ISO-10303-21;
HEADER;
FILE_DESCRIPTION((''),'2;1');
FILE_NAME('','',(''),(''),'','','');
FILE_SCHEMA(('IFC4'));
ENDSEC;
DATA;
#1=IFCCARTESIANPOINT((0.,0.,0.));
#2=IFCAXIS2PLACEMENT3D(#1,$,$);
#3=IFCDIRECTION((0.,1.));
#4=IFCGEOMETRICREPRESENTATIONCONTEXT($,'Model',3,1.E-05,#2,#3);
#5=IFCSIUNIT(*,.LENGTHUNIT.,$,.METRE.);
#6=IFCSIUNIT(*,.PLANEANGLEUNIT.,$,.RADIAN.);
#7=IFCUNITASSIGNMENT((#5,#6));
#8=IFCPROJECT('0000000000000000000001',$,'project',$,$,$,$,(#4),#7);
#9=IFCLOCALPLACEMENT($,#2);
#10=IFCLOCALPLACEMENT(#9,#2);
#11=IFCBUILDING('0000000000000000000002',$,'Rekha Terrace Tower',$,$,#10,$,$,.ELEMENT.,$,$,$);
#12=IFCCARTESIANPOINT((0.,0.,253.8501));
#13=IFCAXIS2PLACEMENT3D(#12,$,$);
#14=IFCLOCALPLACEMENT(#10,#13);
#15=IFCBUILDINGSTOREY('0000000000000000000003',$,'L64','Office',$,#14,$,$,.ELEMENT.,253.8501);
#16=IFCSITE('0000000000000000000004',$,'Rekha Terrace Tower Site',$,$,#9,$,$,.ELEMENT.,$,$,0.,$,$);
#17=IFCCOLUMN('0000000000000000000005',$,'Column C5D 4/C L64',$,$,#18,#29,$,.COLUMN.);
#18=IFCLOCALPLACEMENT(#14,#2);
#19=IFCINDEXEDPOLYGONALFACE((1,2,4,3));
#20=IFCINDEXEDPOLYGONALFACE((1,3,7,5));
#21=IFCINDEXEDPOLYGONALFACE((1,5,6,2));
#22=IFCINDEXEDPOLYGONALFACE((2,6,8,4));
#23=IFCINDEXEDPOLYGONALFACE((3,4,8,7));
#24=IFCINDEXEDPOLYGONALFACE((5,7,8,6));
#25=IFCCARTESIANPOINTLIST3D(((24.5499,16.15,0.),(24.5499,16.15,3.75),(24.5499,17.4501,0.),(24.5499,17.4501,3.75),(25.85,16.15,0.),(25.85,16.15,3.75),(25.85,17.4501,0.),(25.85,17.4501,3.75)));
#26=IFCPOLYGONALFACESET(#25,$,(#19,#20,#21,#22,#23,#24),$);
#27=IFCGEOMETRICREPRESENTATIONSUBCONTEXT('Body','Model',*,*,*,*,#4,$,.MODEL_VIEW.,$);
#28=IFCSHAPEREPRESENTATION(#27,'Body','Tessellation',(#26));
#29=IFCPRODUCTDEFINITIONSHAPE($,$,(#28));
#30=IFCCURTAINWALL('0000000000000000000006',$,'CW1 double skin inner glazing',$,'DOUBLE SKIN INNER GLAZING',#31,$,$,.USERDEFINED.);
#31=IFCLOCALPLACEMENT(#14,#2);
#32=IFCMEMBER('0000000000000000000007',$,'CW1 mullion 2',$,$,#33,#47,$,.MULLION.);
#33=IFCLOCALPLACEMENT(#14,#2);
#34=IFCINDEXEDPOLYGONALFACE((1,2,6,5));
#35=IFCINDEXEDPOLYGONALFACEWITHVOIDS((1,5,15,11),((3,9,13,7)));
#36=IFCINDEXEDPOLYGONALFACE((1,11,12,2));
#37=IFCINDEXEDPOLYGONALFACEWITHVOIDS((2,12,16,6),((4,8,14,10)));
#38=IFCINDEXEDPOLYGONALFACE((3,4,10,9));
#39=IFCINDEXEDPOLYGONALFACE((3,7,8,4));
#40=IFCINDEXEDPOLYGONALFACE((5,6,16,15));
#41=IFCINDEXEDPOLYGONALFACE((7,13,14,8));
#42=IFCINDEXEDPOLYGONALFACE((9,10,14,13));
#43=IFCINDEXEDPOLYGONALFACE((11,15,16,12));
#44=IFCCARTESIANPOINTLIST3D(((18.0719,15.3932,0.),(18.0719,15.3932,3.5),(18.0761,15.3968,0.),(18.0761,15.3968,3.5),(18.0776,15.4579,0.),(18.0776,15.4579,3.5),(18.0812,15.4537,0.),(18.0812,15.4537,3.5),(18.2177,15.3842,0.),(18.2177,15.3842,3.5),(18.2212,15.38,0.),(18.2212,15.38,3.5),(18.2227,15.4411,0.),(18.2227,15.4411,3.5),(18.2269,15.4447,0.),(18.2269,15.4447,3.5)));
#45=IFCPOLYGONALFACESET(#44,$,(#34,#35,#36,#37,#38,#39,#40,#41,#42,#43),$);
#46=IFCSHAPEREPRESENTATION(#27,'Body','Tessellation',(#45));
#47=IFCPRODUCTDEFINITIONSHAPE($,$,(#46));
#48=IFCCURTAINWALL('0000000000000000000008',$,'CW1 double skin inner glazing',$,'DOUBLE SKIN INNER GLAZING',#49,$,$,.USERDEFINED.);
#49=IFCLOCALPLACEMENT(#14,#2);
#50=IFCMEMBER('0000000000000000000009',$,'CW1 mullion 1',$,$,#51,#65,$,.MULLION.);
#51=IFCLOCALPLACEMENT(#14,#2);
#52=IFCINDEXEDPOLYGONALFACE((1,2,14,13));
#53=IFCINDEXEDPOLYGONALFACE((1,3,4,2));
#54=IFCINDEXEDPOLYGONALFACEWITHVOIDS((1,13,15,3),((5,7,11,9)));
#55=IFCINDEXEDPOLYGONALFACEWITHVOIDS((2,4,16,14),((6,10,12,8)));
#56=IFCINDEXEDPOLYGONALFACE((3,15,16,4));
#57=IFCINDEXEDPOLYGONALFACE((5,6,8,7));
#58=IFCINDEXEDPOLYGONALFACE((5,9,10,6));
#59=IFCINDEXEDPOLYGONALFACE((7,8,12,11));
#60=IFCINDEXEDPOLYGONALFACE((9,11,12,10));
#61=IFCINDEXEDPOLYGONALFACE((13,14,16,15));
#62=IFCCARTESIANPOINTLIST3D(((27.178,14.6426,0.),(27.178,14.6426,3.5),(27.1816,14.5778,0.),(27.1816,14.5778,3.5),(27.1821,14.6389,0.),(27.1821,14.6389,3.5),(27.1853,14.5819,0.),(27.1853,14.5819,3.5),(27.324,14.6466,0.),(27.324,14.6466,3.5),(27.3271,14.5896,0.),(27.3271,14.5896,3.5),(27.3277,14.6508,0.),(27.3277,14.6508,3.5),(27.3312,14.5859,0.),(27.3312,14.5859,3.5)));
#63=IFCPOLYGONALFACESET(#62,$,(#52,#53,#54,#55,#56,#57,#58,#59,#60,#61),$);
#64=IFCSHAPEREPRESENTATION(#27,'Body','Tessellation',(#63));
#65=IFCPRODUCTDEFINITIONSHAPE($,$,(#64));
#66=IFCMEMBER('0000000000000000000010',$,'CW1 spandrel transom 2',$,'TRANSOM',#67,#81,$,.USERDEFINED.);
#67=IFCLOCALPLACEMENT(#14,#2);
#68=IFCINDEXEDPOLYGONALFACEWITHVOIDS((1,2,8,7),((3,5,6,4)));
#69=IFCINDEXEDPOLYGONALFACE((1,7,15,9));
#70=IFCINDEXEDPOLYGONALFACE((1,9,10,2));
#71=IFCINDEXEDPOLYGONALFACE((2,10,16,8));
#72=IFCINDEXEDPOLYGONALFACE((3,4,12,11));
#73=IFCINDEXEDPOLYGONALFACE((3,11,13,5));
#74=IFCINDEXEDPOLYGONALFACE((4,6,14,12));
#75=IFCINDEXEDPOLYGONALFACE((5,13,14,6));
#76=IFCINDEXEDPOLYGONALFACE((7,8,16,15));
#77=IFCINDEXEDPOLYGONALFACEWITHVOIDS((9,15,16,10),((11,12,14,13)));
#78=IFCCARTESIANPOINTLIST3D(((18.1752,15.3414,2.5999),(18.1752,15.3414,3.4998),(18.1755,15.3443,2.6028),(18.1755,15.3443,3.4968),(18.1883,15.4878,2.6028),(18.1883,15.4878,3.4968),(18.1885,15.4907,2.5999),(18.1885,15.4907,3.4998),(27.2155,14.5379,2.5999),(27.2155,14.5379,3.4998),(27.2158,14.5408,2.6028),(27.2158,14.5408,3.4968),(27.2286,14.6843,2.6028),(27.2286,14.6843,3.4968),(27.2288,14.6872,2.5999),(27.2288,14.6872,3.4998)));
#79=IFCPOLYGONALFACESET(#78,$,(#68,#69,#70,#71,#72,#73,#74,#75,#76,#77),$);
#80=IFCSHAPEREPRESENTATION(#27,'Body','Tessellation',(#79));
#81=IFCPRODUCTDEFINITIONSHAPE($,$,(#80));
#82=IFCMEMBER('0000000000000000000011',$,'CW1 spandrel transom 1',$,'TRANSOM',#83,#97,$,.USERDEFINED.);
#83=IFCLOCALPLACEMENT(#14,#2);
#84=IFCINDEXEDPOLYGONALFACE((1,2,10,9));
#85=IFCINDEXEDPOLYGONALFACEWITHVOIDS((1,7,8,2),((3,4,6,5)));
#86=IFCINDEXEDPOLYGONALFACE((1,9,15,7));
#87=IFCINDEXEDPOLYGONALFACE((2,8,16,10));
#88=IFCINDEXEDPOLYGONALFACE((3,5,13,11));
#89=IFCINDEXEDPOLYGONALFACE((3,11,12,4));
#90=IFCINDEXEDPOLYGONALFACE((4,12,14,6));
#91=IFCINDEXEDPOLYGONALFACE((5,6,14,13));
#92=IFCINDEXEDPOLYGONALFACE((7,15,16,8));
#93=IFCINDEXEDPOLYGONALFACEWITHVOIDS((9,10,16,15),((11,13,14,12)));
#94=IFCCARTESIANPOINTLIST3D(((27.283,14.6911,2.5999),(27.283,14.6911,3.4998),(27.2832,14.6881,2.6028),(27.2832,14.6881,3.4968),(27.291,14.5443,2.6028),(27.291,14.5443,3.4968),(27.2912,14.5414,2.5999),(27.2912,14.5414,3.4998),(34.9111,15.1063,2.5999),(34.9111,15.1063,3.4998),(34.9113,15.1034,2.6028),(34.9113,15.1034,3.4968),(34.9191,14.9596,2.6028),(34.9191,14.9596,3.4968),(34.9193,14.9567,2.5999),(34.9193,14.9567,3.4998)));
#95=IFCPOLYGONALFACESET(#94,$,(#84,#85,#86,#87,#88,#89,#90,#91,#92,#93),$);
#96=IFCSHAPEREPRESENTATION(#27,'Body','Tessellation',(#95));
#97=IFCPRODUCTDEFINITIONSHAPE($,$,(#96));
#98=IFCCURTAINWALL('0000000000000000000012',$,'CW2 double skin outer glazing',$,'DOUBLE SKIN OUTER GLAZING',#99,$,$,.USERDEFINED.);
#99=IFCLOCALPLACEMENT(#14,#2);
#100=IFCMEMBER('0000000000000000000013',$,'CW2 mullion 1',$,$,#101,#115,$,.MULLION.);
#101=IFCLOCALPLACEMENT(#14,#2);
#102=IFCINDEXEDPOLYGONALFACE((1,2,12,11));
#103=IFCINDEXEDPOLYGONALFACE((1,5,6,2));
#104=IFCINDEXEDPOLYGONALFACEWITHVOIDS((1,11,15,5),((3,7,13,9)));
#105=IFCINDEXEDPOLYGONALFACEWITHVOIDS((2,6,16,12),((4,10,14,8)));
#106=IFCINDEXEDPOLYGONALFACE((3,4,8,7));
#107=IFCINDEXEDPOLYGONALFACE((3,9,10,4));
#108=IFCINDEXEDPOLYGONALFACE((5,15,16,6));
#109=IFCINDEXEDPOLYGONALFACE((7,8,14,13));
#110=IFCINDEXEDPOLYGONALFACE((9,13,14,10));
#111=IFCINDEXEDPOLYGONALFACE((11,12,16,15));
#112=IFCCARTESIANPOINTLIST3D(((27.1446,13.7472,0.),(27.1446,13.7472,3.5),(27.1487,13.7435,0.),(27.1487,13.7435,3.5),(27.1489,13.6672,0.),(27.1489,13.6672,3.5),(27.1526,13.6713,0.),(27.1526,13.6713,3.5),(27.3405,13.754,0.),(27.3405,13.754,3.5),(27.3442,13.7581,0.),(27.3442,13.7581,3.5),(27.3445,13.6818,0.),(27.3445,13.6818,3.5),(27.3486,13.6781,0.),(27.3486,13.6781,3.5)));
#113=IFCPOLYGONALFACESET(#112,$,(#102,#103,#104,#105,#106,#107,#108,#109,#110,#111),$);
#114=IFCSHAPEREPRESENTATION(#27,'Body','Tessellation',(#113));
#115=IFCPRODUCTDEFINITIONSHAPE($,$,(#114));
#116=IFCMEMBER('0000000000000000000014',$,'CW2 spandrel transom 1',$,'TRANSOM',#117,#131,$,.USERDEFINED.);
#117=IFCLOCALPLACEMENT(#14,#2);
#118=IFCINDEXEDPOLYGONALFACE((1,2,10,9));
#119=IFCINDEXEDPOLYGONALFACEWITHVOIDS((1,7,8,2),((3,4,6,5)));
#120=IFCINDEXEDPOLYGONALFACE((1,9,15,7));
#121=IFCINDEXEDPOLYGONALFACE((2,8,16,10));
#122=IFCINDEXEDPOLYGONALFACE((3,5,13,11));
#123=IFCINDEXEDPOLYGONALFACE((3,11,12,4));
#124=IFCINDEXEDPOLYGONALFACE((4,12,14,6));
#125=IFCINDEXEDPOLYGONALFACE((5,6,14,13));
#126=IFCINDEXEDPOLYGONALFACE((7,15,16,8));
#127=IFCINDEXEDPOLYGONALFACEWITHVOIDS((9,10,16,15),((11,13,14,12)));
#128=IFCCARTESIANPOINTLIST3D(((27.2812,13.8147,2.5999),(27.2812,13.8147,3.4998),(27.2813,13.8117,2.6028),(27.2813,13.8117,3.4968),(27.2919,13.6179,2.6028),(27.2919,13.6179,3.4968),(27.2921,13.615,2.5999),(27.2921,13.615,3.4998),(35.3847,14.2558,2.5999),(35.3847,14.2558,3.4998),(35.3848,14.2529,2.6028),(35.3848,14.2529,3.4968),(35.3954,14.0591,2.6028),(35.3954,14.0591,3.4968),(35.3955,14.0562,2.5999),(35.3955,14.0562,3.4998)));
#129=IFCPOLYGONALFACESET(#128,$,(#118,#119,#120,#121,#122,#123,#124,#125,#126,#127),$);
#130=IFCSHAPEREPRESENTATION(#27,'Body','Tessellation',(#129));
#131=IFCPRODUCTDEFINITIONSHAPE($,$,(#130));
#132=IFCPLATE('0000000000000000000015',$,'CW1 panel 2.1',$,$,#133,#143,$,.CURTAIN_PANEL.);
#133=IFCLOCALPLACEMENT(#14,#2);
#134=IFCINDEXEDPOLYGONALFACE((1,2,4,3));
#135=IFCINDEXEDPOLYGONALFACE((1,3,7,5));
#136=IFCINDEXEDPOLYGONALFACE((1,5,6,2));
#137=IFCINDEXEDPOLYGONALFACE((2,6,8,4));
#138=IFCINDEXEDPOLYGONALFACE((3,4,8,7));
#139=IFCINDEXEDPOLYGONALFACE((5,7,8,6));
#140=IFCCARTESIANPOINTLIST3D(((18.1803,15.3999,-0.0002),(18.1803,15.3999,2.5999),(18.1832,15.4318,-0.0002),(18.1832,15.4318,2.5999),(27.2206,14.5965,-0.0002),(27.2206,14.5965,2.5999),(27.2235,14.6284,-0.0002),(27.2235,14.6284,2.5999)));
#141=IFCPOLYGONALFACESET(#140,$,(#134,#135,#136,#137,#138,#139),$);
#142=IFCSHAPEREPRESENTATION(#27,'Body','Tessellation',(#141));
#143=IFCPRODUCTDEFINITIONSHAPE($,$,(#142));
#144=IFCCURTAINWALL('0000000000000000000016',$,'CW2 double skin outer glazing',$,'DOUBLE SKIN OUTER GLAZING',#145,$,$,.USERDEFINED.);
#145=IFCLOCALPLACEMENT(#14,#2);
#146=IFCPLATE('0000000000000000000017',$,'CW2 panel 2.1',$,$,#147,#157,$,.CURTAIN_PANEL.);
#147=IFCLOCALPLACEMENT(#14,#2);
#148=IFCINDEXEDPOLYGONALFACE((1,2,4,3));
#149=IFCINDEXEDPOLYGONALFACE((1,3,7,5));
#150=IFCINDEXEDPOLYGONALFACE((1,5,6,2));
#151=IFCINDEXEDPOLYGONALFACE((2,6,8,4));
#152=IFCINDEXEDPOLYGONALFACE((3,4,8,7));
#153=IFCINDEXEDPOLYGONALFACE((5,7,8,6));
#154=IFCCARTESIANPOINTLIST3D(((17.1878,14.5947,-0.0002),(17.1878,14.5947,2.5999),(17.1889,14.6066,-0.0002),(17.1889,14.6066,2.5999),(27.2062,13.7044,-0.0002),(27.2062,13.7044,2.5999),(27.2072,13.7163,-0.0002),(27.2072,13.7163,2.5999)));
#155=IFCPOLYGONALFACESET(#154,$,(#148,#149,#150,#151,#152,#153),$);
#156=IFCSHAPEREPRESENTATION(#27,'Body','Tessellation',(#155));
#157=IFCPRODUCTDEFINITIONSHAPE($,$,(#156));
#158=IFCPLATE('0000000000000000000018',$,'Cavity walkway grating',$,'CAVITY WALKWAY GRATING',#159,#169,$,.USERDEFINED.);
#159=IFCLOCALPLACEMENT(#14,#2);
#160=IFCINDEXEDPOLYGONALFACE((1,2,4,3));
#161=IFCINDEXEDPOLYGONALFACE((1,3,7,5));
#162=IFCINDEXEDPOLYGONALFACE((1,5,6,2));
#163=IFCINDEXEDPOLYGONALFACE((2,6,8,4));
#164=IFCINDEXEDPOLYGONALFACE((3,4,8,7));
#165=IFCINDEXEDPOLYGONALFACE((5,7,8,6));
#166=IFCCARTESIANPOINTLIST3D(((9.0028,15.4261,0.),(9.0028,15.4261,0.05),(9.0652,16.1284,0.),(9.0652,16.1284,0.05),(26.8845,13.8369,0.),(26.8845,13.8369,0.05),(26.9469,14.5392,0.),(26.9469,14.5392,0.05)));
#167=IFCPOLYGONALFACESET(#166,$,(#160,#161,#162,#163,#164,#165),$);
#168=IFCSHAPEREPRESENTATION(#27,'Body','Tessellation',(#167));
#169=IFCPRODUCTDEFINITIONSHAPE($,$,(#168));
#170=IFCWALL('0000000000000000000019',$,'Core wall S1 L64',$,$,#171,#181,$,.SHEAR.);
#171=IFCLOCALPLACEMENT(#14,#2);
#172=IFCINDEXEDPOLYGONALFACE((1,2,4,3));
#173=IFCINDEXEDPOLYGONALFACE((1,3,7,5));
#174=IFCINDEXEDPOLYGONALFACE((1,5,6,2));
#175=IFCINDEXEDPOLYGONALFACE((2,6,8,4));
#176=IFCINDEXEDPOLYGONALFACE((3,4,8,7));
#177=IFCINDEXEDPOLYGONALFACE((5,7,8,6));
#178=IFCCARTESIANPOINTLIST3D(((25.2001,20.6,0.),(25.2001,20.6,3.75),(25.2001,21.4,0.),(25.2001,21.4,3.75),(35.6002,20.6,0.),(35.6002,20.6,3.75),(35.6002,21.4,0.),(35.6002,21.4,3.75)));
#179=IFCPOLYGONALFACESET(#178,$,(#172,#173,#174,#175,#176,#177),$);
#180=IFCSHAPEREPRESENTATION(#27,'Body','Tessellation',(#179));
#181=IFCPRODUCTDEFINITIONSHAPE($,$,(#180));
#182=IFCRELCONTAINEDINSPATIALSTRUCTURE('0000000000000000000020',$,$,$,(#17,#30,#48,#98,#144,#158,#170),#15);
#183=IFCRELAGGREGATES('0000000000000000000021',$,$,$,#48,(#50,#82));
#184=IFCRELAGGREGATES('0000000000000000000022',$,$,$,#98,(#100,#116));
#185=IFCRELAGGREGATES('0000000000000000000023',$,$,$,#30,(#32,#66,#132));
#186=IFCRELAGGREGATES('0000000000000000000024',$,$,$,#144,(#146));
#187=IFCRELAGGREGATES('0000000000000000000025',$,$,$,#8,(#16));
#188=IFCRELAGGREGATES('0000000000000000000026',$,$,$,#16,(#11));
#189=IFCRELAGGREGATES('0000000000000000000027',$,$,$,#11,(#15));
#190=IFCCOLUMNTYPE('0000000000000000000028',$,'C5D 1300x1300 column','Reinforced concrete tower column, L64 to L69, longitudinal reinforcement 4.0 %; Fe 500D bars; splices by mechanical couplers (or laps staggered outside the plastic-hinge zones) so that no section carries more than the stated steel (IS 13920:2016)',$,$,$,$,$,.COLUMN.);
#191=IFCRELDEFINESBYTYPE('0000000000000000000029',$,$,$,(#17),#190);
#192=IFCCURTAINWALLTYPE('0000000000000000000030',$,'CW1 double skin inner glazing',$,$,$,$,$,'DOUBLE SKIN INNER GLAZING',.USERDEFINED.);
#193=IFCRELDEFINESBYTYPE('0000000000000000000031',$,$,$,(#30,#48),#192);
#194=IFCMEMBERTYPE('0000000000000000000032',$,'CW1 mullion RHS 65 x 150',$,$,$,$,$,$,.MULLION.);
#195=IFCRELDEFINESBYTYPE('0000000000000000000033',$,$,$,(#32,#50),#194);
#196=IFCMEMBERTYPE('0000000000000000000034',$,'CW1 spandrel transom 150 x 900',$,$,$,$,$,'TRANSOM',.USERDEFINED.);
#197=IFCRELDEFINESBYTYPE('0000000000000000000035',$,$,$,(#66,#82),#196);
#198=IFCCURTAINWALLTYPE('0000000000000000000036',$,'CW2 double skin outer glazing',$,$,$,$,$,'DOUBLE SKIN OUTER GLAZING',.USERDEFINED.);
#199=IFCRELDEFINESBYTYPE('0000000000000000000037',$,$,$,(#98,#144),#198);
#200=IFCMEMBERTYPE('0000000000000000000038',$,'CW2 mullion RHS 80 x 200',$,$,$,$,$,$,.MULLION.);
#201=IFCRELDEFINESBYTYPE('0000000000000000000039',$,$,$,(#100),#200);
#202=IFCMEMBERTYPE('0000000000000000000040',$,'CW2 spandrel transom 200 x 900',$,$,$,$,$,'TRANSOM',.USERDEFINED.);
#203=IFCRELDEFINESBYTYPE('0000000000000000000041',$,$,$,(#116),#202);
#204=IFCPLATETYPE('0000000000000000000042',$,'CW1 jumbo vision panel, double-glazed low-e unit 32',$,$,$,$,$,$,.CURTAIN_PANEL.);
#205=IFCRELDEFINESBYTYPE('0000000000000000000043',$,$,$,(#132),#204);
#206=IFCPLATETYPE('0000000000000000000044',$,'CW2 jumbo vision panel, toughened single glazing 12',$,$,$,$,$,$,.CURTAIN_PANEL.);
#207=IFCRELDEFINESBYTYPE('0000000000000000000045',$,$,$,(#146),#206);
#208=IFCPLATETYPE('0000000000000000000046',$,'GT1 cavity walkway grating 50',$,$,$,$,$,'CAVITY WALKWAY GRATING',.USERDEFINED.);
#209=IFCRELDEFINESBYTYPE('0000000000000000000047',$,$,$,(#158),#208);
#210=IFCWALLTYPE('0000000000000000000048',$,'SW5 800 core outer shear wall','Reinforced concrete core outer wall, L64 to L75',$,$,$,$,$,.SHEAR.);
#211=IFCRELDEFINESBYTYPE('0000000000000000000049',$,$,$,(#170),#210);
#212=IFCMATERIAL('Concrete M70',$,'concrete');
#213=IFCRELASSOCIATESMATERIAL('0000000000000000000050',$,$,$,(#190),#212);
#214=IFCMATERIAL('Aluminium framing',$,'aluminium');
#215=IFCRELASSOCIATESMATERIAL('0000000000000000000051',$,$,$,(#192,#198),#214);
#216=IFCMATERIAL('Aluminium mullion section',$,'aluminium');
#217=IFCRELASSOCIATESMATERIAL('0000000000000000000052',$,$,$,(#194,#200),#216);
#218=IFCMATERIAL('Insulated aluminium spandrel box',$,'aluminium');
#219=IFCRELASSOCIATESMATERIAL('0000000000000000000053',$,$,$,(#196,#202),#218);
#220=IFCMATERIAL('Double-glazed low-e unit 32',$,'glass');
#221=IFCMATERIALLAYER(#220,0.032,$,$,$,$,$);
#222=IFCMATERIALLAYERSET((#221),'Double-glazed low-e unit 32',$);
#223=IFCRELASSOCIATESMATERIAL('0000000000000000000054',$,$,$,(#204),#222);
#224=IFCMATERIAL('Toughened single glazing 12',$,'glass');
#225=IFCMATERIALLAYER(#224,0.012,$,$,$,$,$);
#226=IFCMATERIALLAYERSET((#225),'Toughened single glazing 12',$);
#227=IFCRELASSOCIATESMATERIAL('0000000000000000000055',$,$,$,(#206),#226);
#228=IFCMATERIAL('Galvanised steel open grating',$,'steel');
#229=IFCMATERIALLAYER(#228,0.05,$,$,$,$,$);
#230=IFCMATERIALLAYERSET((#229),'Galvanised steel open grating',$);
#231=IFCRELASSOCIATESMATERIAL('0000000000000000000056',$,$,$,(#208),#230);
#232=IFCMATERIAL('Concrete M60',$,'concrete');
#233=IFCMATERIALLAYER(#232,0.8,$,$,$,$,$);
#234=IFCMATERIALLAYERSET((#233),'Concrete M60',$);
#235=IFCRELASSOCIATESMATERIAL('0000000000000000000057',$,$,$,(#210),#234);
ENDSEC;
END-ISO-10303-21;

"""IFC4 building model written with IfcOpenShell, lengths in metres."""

from ifc_helpers import new_model, si_unit, direction, frame, frame_2d, origin, origin_2d, place, context, subcontext, project, spatial, rectangle, hollow_rectangle, extrude, material, layer, layer_set, material_profile, profile_set, type_object, element, aggregate, save


model = new_model("IFC4")

# Units and contexts
model_context = context("Model", 3, precision=1e-05, world=origin(), true_north=direction((0.0, 1.0)))
body_context = subcontext(model_context, "Body", "Model", "MODEL_VIEW")
ifc_project = project(units=[si_unit("LENGTHUNIT", "METRE"), si_unit("PLANEANGLEUNIT", "RADIAN")], contexts=[model_context])

# Site, building, storey
site_placement = place(None, origin())
site = spatial("IfcSite", under=ifc_project, at=site_placement, Name="Rekha Terrace Tower Site", CompositionType="ELEMENT", RefElevation=0.0)
building_placement = place(site_placement, origin())
building = spatial("IfcBuilding", under=site, at=building_placement, Name="Rekha Terrace Tower", CompositionType="ELEMENT")
storey_placement = place(building_placement, frame((0.0, 0.0, 253.8501)))
storey = spatial("IfcBuildingStorey", under=building, at=storey_placement, Name="L64", Description="Office", CompositionType="ELEMENT", Elevation=253.8501)

# Column
ifc_material_1 = material(Name="Concrete M70", Category="concrete")
ifc_material_profile_1 = material_profile(ifc_material_1, rectangle(XDim=1.3, YDim=1.3, at=origin_2d()), Name="RC 1300x1300")
ifc_profile_set_1 = profile_set([ifc_material_profile_1], Name="Concrete M70")
column_type = type_object("IfcColumnType", Name="C5D 1300x1300 column", Description="Reinforced concrete tower column, L64 to L69, longitudinal reinforcement 4.0 %; Fe 500D bars; splices by mechanical couplers (or laps staggered outside the plastic-hinge zones) so that no section carries more than the stated steel (IS 13920:2016)", PredefinedType="COLUMN", material=ifc_profile_set_1)
column_placement = place(storey_placement, frame((25.2, 16.8, 0.0), z_axis=(0.0, 0.0, 1.0), x_axis=(1.0, 0.0, 0.0)))
element("IfcColumn", 1, at=column_placement, inside=storey, type_object=column_type, Name="Column C5D 4/C L64", PredefinedType="COLUMN", context=body_context, shape_type="SweptSolid", body=[
    extrude(rectangle(XDim=1.3, YDim=1.3, at=origin_2d()), origin(), (0.0, 0.0, 1.0), 3.75),
])

# Curtain walls, members
ifc_material_2 = material(Name="Aluminium framing", Category="aluminium")
curtain_wall_type_1 = type_object("IfcCurtainWallType", Name="CW1 double skin inner glazing", ElementType="DOUBLE SKIN INNER GLAZING", PredefinedType="USERDEFINED", material=ifc_material_2)
curtain_wall_1_placement = place(storey_placement, origin())
curtain_wall_1 = element("IfcCurtainWall", 2, at=curtain_wall_1_placement, inside=storey, type_object=curtain_wall_type_1, Name="CW1 double skin inner glazing", ObjectType="DOUBLE SKIN INNER GLAZING", PredefinedType="USERDEFINED")
ifc_material_3 = material(Name="Aluminium mullion section", Category="aluminium")
ifc_material_profile_2 = material_profile(ifc_material_3, hollow_rectangle(XDim=0.0649, YDim=0.1499, WallThickness=0.0039, at=origin_2d()), Name="AL RHS 65x150")
ifc_profile_set_2 = profile_set([ifc_material_profile_2], Name="Aluminium mullion section")
member_type_1 = type_object("IfcMemberType", Name="CW1 mullion RHS 65 x 150", PredefinedType="MULLION", material=ifc_profile_set_2)
member_1_placement = place(storey_placement, frame((18.1494, 15.4189, 0.0), z_axis=(0.0, 0.0, 1.0), x_axis=(0.088522, 0.996074, 0.0)))
member_1 = element("IfcMember", 3, at=member_1_placement, type_object=member_type_1, Name="CW1 mullion 2", PredefinedType="MULLION", context=body_context, shape_type="SweptSolid", body=[
    extrude(hollow_rectangle(XDim=0.0649, YDim=0.1499, WallThickness=0.0039, at=origin_2d()), origin(), (0.0, 0.0, 1.0), 3.5),
])
curtain_wall_2_placement = place(storey_placement, origin())
curtain_wall_2 = element("IfcCurtainWall", 4, at=curtain_wall_2_placement, inside=storey, type_object=curtain_wall_type_1, Name="CW1 double skin inner glazing", ObjectType="DOUBLE SKIN INNER GLAZING", PredefinedType="USERDEFINED")
member_2_placement = place(storey_placement, frame((27.2546, 14.6143, 0.0), z_axis=(0.0, 0.0, 1.0), x_axis=(-0.054389, 0.99852, 0.0)))
member_2 = element("IfcMember", 5, at=member_2_placement, type_object=member_type_1, Name="CW1 mullion 1", PredefinedType="MULLION", context=body_context, shape_type="SweptSolid", body=[
    extrude(hollow_rectangle(XDim=0.0649, YDim=0.1499, WallThickness=0.0039, at=origin_2d()), origin(), (0.0, 0.0, 1.0), 3.5),
])

# Members
ifc_material_4 = material(Name="Insulated aluminium spandrel box", Category="aluminium")
ifc_material_profile_3 = material_profile(ifc_material_4, hollow_rectangle(XDim=0.1499, YDim=0.8999, WallThickness=0.0029, at=origin_2d()), Name="AL SPANDREL BOX 150x900")
ifc_profile_set_3 = profile_set([ifc_material_profile_3], Name="Insulated aluminium spandrel box")
member_type_2 = type_object("IfcMemberType", Name="CW1 spandrel transom 150 x 900", ElementType="TRANSOM", PredefinedType="USERDEFINED", material=ifc_profile_set_3)
member_3_placement = place(storey_placement, frame((18.1819, 15.416, 3.0498), z_axis=(0.996074, -0.088527, 0.0), x_axis=(0.088527, 0.996074, 0.0)))
member_3 = element("IfcMember", 6, at=member_3_placement, type_object=member_type_2, Name="CW1 spandrel transom 2", ObjectType="TRANSOM", PredefinedType="USERDEFINED", context=body_context, shape_type="SweptSolid", body=[
    extrude(hollow_rectangle(XDim=0.1499, YDim=0.8999, WallThickness=0.0029, at=origin_2d()), origin(), (0.0, 0.0, 1.0), 9.0759),
])
member_4_placement = place(storey_placement, frame((27.2871, 14.6162, 3.0498), z_axis=(0.998521, 0.05436, 0.0), x_axis=(-0.05436, 0.998521, 0.0)))
member_4 = element("IfcMember", 7, at=member_4_placement, type_object=member_type_2, Name="CW1 spandrel transom 1", ObjectType="TRANSOM", PredefinedType="USERDEFINED", context=body_context, shape_type="SweptSolid", body=[
    extrude(hollow_rectangle(XDim=0.1499, YDim=0.8999, WallThickness=0.0029, at=origin_2d()), origin(), (0.0, 0.0, 1.0), 7.6394),
])
aggregate(curtain_wall_2, [member_2, member_4])

# Curtain wall, members
curtain_wall_type_2 = type_object("IfcCurtainWallType", Name="CW2 double skin outer glazing", ElementType="DOUBLE SKIN OUTER GLAZING", PredefinedType="USERDEFINED", material=ifc_material_2)
curtain_wall_3_placement = place(storey_placement, origin())
curtain_wall_3 = element("IfcCurtainWall", 8, at=curtain_wall_3_placement, inside=storey, type_object=curtain_wall_type_2, Name="CW2 double skin outer glazing", ObjectType="DOUBLE SKIN OUTER GLAZING", PredefinedType="USERDEFINED")
ifc_material_profile_4 = material_profile(ifc_material_3, hollow_rectangle(XDim=0.0801, YDim=0.2, WallThickness=0.0039, at=origin_2d()), Name="AL RHS 80x200")
ifc_profile_set_4 = profile_set([ifc_material_profile_4], Name="Aluminium mullion section")
member_type_3 = type_object("IfcMemberType", Name="CW2 mullion RHS 80 x 200", PredefinedType="MULLION", material=ifc_profile_set_4)
member_5_placement = place(storey_placement, frame((27.2466, 13.7126, 0.0), z_axis=(0.0, 0.0, 1.0), x_axis=(-0.054389, 0.99852, 0.0)))
member_5 = element("IfcMember", 9, at=member_5_placement, type_object=member_type_3, Name="CW2 mullion 1", PredefinedType="MULLION", context=body_context, shape_type="SweptSolid", body=[
    extrude(hollow_rectangle(XDim=0.0801, YDim=0.2, WallThickness=0.0039, at=origin_2d()), origin(), (0.0, 0.0, 1.0), 3.5),
])
ifc_material_profile_5 = material_profile(ifc_material_4, hollow_rectangle(XDim=0.2, YDim=0.8999, WallThickness=0.0029, at=origin_2d()), Name="AL SPANDREL BOX 200x900")
ifc_profile_set_5 = profile_set([ifc_material_profile_5], Name="Insulated aluminium spandrel box")
member_type_4 = type_object("IfcMemberType", Name="CW2 spandrel transom 200 x 900", ElementType="TRANSOM", PredefinedType="USERDEFINED", material=ifc_profile_set_5)
member_6_placement = place(storey_placement, frame((27.2866, 13.7148, 3.0498), z_axis=(0.998521, 0.05436, 0.0), x_axis=(-0.05436, 0.998521, 0.0)))
member_6 = element("IfcMember", 10, at=member_6_placement, type_object=member_type_4, Name="CW2 spandrel transom 1", ObjectType="TRANSOM", PredefinedType="USERDEFINED", context=body_context, shape_type="SweptSolid", body=[
    extrude(hollow_rectangle(XDim=0.2, YDim=0.8999, WallThickness=0.0029, at=origin_2d()), origin(), (0.0, 0.0, 1.0), 8.1155),
])
aggregate(curtain_wall_3, [member_5, member_6])

# Plate
ifc_material_5 = material(Name="Double-glazed low-e unit 32", Category="glass")
ifc_layer_1 = layer(ifc_material_5, 0.032)
ifc_layer_set_1 = layer_set([ifc_layer_1], Name="Double-glazed low-e unit 32")
plate_type_1 = type_object("IfcPlateType", Name="CW1 jumbo vision panel, double-glazed low-e unit 32", PredefinedType="CURTAIN_PANEL", material=ifc_layer_set_1)
plate_1_placement = place(storey_placement, frame((22.7019, 15.0142, -0.0002), z_axis=(0.0, 0.0, 1.0), x_axis=(0.996074, -0.088522, 0.0)))
plate_1 = element("IfcPlate", 11, at=plate_1_placement, type_object=plate_type_1, Name="CW1 panel 2.1", PredefinedType="CURTAIN_PANEL", context=body_context, shape_type="SweptSolid", body=[
    extrude(rectangle(XDim=9.0759, YDim=0.032, at=origin_2d()), origin(), (0.0, 0.0, 1.0), 2.6001),
])
aggregate(curtain_wall_1, [member_1, member_3, plate_1])

# Curtain wall, plate
curtain_wall_4_placement = place(storey_placement, origin())
curtain_wall_4 = element("IfcCurtainWall", 12, at=curtain_wall_4_placement, inside=storey, type_object=curtain_wall_type_2, Name="CW2 double skin outer glazing", ObjectType="DOUBLE SKIN OUTER GLAZING", PredefinedType="USERDEFINED")
ifc_material_6 = material(Name="Toughened single glazing 12", Category="glass")
ifc_layer_2 = layer(ifc_material_6, 0.012)
ifc_layer_set_2 = layer_set([ifc_layer_2], Name="Toughened single glazing 12")
plate_type_2 = type_object("IfcPlateType", Name="CW2 jumbo vision panel, toughened single glazing 12", PredefinedType="CURTAIN_PANEL", material=ifc_layer_set_2)
plate_2_placement = place(storey_placement, frame((22.1975, 14.1555, -0.0002), z_axis=(0.0, 0.0, 1.0), x_axis=(0.996074, -0.088522, 0.0)))
plate_2 = element("IfcPlate", 13, at=plate_2_placement, type_object=plate_type_2, Name="CW2 panel 2.1", PredefinedType="CURTAIN_PANEL", context=body_context, shape_type="SweptSolid", body=[
    extrude(rectangle(XDim=10.0579, YDim=0.012, at=origin_2d()), origin(), (0.0, 0.0, 1.0), 2.6001),
])
aggregate(curtain_wall_4, [plate_2])

# Plate
ifc_material_7 = material(Name="Galvanised steel open grating", Category="steel")
ifc_layer_3 = layer(ifc_material_7, 0.05)
ifc_layer_set_3 = layer_set([ifc_layer_3], Name="Galvanised steel open grating")
plate_type_3 = type_object("IfcPlateType", Name="GT1 cavity walkway grating 50", ElementType="CAVITY WALKWAY GRATING", PredefinedType="USERDEFINED", material=ifc_layer_set_3)
plate_3_placement = place(storey_placement, frame((17.9749, 14.9827, 0.0), z_axis=(0.0, 0.0, 1.0), x_axis=(0.996074, -0.088522, 0.0)))
element("IfcPlate", 14, at=plate_3_placement, inside=storey, type_object=plate_type_3, Name="Cavity walkway grating", ObjectType="CAVITY WALKWAY GRATING", PredefinedType="USERDEFINED", context=body_context, shape_type="SweptSolid", body=[
    extrude(rectangle(XDim=17.9521, YDim=0.7051, at=origin_2d()), origin(), (0.0, 0.0, 1.0), 0.05),
])

# Wall
ifc_material_8 = material(Name="Concrete M60", Category="concrete")
ifc_layer_4 = layer(ifc_material_8, 0.8)
ifc_layer_set_4 = layer_set([ifc_layer_4], Name="Concrete M60")
wall_type_1 = type_object("IfcWallType", Name="SW5 800 core outer shear wall", Description="Reinforced concrete core outer wall, L64 to L75", PredefinedType="SHEAR", material=ifc_layer_set_4)
wall_1_placement = place(storey_placement, frame((25.2, 21.0, 0.0), z_axis=(0.0, 0.0, 1.0), x_axis=(1.0, 0.0, 0.0)))
element("IfcWall", 15, at=wall_1_placement, inside=storey, type_object=wall_type_1, Name="Core wall S1 L64", PredefinedType="SHEAR", context=body_context, shape_type="SweptSolid", body=[
    extrude(rectangle(XDim=10.4001, YDim=0.8, at=frame_2d((5.2002, 0.0))), origin(), (0.0, 0.0, 1.0), 3.75),
])

save(model, "model.ifc")
